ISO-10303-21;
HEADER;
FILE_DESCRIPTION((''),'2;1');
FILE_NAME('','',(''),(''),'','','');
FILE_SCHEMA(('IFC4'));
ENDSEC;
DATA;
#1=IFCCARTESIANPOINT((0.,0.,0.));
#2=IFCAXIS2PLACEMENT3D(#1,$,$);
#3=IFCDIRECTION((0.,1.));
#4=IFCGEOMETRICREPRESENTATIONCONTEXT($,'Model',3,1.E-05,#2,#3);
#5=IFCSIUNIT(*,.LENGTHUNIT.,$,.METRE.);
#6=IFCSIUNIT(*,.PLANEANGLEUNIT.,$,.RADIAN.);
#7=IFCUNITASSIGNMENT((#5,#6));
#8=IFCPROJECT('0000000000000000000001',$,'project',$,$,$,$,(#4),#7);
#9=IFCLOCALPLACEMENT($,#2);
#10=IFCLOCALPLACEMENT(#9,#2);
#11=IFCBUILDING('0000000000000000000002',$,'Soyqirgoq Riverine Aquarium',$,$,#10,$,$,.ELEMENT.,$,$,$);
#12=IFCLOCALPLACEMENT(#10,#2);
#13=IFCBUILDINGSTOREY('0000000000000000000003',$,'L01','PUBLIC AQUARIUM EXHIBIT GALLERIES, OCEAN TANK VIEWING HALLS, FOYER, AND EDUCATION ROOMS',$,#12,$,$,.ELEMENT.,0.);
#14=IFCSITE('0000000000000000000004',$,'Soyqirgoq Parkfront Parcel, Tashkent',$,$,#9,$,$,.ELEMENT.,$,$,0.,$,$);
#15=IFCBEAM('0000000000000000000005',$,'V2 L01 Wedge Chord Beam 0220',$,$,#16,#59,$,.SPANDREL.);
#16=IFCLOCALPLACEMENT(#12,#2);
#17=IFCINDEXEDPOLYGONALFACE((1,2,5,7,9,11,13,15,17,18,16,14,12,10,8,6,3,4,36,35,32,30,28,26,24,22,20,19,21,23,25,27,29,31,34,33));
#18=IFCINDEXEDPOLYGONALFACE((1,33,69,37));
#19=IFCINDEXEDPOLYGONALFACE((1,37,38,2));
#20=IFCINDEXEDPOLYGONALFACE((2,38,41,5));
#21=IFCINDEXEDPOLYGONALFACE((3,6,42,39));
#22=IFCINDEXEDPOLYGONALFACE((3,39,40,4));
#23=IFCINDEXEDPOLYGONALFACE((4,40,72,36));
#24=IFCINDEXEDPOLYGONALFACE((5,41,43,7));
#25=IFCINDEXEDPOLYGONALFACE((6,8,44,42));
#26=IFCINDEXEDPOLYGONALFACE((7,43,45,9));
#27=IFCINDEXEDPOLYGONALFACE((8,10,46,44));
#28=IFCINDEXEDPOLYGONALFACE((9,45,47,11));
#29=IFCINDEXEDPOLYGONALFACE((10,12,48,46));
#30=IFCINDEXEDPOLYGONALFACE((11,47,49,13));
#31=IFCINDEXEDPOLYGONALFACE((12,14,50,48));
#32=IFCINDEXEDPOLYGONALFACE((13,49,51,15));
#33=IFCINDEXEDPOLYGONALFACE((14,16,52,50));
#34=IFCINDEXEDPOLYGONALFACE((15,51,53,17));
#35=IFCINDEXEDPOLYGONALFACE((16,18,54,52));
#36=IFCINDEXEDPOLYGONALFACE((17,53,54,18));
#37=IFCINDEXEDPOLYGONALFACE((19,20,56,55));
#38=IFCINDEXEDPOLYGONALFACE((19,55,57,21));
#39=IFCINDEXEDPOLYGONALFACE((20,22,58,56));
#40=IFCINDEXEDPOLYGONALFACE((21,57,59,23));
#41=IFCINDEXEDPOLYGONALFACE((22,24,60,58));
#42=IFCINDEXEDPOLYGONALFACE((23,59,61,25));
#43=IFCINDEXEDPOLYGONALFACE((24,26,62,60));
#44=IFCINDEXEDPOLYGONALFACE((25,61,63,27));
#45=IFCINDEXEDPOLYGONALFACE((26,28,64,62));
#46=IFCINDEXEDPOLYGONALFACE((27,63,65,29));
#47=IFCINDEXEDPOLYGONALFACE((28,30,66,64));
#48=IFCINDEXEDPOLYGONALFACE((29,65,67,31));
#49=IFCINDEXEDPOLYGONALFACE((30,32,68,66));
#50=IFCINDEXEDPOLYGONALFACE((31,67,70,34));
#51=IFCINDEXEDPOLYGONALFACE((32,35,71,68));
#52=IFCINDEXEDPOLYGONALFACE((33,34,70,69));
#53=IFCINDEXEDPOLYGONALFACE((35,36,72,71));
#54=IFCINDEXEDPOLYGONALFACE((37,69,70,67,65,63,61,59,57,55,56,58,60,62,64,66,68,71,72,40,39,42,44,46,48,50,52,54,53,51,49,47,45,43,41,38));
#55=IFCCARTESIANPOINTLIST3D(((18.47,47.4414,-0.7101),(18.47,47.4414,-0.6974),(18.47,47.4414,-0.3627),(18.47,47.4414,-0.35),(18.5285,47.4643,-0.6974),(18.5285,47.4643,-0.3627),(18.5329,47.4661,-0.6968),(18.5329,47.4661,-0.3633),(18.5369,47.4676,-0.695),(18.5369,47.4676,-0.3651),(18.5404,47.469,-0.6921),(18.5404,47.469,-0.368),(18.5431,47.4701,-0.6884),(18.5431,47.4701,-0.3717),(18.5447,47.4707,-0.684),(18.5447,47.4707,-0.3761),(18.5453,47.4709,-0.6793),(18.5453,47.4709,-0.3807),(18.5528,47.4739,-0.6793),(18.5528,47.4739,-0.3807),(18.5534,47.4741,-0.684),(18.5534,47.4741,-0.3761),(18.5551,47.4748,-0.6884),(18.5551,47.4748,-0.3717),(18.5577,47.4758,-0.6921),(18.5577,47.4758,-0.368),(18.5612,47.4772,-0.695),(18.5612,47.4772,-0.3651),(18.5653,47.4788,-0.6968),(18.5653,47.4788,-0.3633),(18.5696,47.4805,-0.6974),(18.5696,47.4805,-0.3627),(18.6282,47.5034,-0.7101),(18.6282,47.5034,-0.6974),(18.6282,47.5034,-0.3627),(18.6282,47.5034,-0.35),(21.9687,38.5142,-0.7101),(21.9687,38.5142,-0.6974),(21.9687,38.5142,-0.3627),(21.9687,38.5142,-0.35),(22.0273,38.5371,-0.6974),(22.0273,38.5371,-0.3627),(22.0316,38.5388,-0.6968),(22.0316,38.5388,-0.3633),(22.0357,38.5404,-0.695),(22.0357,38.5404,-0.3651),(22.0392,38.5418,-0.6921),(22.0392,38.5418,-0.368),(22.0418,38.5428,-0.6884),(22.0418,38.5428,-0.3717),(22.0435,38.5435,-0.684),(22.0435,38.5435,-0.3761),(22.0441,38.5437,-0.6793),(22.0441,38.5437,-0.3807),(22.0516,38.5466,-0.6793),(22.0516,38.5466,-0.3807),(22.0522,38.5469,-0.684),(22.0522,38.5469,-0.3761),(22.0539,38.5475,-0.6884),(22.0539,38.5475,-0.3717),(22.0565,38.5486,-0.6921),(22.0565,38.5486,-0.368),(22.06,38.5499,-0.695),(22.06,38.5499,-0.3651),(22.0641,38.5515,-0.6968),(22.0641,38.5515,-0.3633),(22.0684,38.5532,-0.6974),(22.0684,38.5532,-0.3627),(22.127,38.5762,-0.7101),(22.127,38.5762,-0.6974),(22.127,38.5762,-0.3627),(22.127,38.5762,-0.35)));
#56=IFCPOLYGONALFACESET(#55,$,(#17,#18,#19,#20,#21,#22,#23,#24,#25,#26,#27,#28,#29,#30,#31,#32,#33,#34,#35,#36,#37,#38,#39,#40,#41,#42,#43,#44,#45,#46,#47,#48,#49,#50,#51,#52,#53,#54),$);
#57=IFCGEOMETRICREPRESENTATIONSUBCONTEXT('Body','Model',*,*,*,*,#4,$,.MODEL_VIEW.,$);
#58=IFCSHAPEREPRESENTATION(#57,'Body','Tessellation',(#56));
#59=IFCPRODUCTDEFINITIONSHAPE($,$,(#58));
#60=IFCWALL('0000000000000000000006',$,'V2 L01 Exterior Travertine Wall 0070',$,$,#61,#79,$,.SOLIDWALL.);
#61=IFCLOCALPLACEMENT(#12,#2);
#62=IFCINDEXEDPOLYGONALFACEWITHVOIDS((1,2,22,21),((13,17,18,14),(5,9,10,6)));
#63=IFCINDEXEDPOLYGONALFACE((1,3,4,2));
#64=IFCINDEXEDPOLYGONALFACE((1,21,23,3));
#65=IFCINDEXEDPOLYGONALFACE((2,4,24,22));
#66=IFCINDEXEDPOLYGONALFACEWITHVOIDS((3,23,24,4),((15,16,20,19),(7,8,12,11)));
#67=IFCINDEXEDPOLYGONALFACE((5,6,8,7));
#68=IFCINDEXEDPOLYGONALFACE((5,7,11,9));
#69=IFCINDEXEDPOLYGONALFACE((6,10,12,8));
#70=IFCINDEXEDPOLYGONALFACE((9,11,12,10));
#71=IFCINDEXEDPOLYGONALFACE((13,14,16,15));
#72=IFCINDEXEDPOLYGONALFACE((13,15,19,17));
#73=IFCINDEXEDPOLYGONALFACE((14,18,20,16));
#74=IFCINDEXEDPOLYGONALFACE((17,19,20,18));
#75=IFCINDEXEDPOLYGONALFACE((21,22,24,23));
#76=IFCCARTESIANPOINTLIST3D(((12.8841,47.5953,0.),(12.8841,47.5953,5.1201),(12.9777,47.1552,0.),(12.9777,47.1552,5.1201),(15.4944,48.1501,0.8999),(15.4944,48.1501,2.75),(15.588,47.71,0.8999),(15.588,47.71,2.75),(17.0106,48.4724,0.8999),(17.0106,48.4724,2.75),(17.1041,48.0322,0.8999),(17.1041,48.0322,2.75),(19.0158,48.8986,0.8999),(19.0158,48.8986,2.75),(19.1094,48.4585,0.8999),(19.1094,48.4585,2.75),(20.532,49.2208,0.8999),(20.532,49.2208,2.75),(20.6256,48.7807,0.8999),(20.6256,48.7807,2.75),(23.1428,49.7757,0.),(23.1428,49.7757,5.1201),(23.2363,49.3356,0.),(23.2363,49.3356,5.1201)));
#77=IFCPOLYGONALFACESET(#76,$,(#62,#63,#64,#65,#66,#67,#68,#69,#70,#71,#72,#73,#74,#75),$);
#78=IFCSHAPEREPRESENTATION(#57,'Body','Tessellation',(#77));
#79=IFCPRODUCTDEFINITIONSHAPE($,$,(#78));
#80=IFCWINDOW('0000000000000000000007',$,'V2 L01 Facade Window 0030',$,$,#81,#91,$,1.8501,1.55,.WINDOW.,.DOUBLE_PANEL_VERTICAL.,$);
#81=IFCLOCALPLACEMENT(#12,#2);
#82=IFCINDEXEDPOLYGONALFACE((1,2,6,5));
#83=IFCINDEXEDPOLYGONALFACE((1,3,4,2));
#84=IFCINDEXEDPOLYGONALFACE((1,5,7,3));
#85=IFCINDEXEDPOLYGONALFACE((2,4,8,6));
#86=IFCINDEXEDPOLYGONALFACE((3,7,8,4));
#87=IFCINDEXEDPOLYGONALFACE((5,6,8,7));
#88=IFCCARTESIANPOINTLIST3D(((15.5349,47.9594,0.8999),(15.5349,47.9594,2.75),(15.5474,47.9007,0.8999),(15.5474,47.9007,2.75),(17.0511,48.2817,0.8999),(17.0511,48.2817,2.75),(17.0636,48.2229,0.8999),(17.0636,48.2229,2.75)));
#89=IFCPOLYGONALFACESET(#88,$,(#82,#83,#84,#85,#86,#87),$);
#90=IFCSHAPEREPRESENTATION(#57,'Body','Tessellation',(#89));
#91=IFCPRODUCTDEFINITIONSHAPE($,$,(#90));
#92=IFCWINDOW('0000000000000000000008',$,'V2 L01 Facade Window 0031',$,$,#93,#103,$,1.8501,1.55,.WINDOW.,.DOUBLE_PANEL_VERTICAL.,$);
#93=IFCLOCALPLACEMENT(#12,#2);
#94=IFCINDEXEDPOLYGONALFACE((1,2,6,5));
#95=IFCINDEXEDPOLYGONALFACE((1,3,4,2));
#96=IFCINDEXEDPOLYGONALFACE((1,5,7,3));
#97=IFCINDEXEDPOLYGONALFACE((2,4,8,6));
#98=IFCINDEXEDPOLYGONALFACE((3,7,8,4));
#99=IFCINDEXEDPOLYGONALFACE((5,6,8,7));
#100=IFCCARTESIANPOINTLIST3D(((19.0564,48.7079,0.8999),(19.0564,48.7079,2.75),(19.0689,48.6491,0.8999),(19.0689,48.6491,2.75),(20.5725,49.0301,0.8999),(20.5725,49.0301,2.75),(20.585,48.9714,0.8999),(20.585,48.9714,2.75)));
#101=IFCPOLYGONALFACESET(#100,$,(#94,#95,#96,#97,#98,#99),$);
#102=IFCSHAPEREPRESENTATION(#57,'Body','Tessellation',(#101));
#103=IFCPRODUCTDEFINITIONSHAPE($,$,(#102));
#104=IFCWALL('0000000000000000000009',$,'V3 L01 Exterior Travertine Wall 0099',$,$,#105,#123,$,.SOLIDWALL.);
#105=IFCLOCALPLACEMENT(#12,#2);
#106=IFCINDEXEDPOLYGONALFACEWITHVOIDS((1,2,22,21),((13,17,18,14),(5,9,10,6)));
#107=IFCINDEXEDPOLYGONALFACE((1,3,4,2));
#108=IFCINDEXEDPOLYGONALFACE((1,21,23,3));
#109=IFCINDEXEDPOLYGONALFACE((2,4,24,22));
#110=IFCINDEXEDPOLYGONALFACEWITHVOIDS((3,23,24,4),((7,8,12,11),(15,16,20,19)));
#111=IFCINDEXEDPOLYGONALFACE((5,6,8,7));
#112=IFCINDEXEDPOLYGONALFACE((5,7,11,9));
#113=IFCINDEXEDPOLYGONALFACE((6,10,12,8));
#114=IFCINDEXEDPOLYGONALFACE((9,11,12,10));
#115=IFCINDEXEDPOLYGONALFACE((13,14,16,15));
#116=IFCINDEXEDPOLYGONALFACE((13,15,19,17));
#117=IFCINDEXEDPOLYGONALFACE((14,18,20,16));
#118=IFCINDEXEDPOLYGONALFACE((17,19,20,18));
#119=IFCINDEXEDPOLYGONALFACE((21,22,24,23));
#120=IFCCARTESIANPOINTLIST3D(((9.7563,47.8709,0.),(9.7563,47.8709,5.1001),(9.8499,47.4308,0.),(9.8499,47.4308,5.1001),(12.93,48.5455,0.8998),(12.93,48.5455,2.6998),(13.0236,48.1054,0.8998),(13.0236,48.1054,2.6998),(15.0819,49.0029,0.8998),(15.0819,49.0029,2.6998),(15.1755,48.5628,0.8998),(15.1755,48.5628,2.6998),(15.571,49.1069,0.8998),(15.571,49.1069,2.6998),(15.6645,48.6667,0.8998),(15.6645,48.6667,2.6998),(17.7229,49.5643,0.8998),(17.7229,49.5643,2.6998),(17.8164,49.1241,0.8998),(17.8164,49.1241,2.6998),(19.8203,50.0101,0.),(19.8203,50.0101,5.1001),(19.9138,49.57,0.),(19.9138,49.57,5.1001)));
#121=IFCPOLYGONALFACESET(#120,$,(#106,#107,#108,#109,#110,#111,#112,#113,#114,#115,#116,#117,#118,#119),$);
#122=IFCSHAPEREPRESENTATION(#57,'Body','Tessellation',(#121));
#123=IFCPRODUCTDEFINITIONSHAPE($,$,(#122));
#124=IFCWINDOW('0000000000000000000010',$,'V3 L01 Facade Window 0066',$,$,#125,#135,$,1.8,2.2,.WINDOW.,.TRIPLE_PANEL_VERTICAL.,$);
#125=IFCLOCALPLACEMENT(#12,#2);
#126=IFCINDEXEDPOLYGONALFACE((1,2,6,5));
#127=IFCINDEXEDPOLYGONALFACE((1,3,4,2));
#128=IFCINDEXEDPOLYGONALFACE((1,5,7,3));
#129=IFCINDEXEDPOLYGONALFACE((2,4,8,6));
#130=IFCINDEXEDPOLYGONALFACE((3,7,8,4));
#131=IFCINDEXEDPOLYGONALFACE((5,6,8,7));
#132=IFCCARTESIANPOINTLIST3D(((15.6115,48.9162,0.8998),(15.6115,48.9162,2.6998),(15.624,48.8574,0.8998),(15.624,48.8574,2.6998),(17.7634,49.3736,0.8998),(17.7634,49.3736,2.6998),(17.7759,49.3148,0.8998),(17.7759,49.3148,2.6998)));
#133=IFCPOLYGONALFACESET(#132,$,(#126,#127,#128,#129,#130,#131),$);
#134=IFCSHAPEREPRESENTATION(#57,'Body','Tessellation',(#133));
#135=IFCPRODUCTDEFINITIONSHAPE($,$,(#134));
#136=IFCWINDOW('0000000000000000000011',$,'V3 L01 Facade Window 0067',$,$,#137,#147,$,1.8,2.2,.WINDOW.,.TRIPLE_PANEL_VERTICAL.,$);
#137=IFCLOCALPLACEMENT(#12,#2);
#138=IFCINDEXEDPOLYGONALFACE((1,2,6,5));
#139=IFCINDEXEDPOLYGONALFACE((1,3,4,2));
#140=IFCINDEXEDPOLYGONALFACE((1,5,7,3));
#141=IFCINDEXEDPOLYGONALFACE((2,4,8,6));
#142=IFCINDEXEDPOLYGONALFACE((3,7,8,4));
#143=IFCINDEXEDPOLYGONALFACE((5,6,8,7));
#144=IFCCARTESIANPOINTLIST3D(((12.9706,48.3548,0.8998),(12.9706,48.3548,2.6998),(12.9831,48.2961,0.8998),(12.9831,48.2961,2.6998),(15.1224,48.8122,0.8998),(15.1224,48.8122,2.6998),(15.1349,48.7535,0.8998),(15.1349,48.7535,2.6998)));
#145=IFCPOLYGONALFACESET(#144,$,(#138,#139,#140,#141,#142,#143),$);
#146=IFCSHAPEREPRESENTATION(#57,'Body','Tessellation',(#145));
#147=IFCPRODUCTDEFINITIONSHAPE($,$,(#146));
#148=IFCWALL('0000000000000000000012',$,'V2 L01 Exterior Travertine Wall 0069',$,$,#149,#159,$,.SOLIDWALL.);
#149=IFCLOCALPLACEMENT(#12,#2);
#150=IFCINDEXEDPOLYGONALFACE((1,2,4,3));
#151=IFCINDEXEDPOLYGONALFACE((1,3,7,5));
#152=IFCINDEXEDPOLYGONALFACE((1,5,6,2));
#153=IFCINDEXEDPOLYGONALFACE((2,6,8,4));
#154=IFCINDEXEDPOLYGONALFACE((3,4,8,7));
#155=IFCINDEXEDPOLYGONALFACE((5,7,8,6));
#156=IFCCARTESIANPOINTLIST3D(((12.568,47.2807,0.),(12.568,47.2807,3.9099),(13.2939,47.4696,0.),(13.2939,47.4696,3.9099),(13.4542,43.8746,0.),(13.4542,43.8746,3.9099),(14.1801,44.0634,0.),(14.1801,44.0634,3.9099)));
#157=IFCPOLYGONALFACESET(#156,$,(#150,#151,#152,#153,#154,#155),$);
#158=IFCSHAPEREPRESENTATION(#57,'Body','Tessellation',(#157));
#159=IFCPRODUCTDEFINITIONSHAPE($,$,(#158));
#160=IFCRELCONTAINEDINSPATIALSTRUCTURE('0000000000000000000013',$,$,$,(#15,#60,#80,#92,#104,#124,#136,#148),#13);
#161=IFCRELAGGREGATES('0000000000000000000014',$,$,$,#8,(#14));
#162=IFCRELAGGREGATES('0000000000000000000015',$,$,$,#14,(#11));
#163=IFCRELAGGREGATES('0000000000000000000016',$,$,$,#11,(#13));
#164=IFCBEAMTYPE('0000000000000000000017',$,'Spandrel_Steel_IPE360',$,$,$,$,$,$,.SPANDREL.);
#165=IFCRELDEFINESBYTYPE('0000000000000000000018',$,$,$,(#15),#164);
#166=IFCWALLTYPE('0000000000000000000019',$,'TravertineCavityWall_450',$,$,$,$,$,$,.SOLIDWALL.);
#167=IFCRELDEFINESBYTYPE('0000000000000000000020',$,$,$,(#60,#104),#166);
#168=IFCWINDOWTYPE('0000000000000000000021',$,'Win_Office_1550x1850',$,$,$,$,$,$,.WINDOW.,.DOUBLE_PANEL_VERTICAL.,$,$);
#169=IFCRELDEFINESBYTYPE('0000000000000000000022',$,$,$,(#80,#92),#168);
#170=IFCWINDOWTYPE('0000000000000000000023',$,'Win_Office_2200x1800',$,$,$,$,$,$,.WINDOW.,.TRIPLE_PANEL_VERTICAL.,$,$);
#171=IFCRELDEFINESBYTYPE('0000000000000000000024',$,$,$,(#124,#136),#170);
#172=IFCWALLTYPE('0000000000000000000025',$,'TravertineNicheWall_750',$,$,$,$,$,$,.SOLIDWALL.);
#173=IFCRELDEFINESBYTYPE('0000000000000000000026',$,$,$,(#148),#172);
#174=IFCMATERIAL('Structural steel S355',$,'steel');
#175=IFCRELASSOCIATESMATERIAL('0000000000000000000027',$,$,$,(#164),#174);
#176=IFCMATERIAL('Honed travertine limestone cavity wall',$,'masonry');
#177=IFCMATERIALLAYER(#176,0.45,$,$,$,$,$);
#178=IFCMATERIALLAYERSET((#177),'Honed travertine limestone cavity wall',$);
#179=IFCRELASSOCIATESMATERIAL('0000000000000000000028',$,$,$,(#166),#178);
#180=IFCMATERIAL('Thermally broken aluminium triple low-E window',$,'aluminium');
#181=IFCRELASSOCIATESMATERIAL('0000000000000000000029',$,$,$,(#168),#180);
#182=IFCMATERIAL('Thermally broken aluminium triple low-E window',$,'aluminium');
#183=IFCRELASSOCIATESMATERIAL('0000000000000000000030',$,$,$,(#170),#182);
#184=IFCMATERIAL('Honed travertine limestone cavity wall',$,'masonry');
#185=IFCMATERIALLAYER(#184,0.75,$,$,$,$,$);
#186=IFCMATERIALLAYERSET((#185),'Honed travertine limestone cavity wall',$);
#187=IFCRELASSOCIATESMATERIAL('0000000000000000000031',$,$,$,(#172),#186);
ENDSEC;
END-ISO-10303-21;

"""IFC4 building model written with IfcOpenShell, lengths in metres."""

from ifc_helpers import new_model, si_unit, direction, frame, frame_2d, origin, origin_2d, place, context, subcontext, project, spatial, rectangle, i_section, extrude, material, layer, layer_set, material_profile, profile_set, type_object, element, fill, save


model = new_model("IFC4")

# Units and contexts
model_context = context("Model", 3, precision=1e-05, world=origin(), true_north=direction((0.0, 1.0)))
body_context = subcontext(model_context, "Body", "Model", "MODEL_VIEW")
ifc_project = project(units=[si_unit("LENGTHUNIT", "METRE"), si_unit("PLANEANGLEUNIT", "RADIAN")], contexts=[model_context])

# Site, building, storey
site_placement = place(None, origin())
site = spatial("IfcSite", under=ifc_project, at=site_placement, Name="Soyqirgoq Parkfront Parcel, Tashkent", CompositionType="ELEMENT", RefElevation=0.0)
building_placement = place(site_placement, origin())
building = spatial("IfcBuilding", under=site, at=building_placement, Name="Soyqirgoq Riverine Aquarium", CompositionType="ELEMENT")
storey_placement = place(building_placement, origin())
storey = spatial("IfcBuildingStorey", under=building, at=storey_placement, Name="L01", Description="PUBLIC AQUARIUM EXHIBIT GALLERIES, OCEAN TANK VIEWING HALLS, FOYER, AND EDUCATION ROOMS", CompositionType="ELEMENT", Elevation=0.0)

# Beam
ifc_material_1 = material(Name="Structural steel S355", Category="steel")
ifc_material_profile_1 = material_profile(ifc_material_1, i_section(OverallWidth=0.1699, OverallDepth=0.3601, WebThickness=0.0081, FlangeThickness=0.0127, FilletRadius=0.0181, at=origin_2d()), Name="IPE 360")
ifc_profile_set_1 = profile_set([ifc_material_profile_1], Name="Structural steel S355")
beam_type_1 = type_object("IfcBeamType", Name="Spandrel_Steel_IPE360", PredefinedType="SPANDREL", material=ifc_profile_set_1)
beam_1_placement = place(storey_placement, frame((18.5491, 47.4724, -0.53), z_axis=(0.364898, -0.931048, 0.0), x_axis=(0.931048, 0.364898, 0.0)))
element("IfcBeam", 1, at=beam_1_placement, inside=storey, type_object=beam_type_1, Name="V2 L01 Wedge Chord Beam 0220", PredefinedType="SPANDREL", context=body_context, shape_type="SweptSolid", body=[
    extrude(i_section(OverallWidth=0.1699, OverallDepth=0.3601, WebThickness=0.0081, FlangeThickness=0.0127, FilletRadius=0.0181, at=origin_2d()), origin(), (0.0, 0.0, 1.0), 9.5884),
])

# Walls, openings, windows
ifc_material_2 = material(Name="Honed travertine limestone cavity wall", Category="masonry")
ifc_layer_1 = layer(ifc_material_2, 0.45)
ifc_layer_set_1 = layer_set([ifc_layer_1], Name="Honed travertine limestone cavity wall")
wall_type_1 = type_object("IfcWallType", Name="TravertineCavityWall_450", PredefinedType="SOLIDWALL", material=ifc_layer_set_1)
wall_1_placement = place(storey_placement, frame((12.9309, 47.3752, 0.0), z_axis=(0.0, 0.0, 1.0), x_axis=(0.97815, 0.207902, 0.0)))
wall_1 = element("IfcWall", 2, at=wall_1_placement, inside=storey, type_object=wall_type_1, Name="V2 L01 Exterior Travertine Wall 0070", PredefinedType="SOLIDWALL", context=body_context, shape_type="SweptSolid", body=[
    extrude(rectangle(XDim=10.4878, YDim=0.45, at=frame_2d((5.2439, 0.0))), origin(), (0.0, 0.0, 1.0), 5.1201),
])
opening_1_placement = place(wall_1_placement, frame((2.6687, 0.0, 0.8999)))
opening_1 = element("IfcOpeningElement", 3, at=opening_1_placement, cuts=wall_1, PredefinedType="OPENING", context=body_context, shape_type="SweptSolid", body=[
    extrude(rectangle(XDim=1.55, YDim=1.8501, at=frame_2d((0.7749, 0.925))), frame((0.0, 0.2349, 0.0), z_axis=(0.0, -1.0, 0.0), x_axis=(1.0, 0.0, 0.0)), (0.0, 0.0, 1.0), 0.47),
])
opening_2_placement = place(wall_1_placement, frame((6.2688, 0.0, 0.8999)))
opening_2 = element("IfcOpeningElement", 4, at=opening_2_placement, cuts=wall_1, PredefinedType="OPENING", context=body_context, shape_type="SweptSolid", body=[
    extrude(rectangle(XDim=1.55, YDim=1.8501, at=frame_2d((0.7749, 0.925))), frame((0.0, 0.2349, 0.0), z_axis=(0.0, -1.0, 0.0), x_axis=(1.0, 0.0, 0.0)), (0.0, 0.0, 1.0), 0.47),
])
ifc_material_3 = material(Name="Thermally broken aluminium triple low-E window", Category="aluminium")
window_type_1 = type_object("IfcWindowType", Name="Win_Office_1550x1850", PartitioningType="DOUBLE_PANEL_VERTICAL", PredefinedType="WINDOW", material=ifc_material_3)
window_1_placement = place(opening_1_placement, origin())
window_1 = element("IfcWindow", 5, at=window_1_placement, inside=storey, type_object=window_type_1, Name="V2 L01 Facade Window 0030", OverallHeight=1.8501, OverallWidth=1.55, PartitioningType="DOUBLE_PANEL_VERTICAL", PredefinedType="WINDOW", context=body_context, shape_type="SweptSolid", body=[
    extrude(rectangle(XDim=1.55, YDim=1.8501, at=frame_2d((0.7749, 0.925))), frame((0.0, 0.03, 0.0), z_axis=(0.0, -1.0, 0.0), x_axis=(1.0, 0.0, 0.0)), (0.0, 0.0, 1.0), 0.0601),
])
fill(opening_1, window_1)
window_2_placement = place(opening_2_placement, origin())
window_2 = element("IfcWindow", 6, at=window_2_placement, inside=storey, type_object=window_type_1, Name="V2 L01 Facade Window 0031", OverallHeight=1.8501, OverallWidth=1.55, PartitioningType="DOUBLE_PANEL_VERTICAL", PredefinedType="WINDOW", context=body_context, shape_type="SweptSolid", body=[
    extrude(rectangle(XDim=1.55, YDim=1.8501, at=frame_2d((0.7749, 0.925))), frame((0.0, 0.03, 0.0), z_axis=(0.0, -1.0, 0.0), x_axis=(1.0, 0.0, 0.0)), (0.0, 0.0, 1.0), 0.0601),
])
fill(opening_2, window_2)
wall_2_placement = place(storey_placement, frame((19.8672, 49.79, 0.0), z_axis=(0.0, 0.0, 1.0), x_axis=(-0.978148, -0.207912, 0.0)))
wall_2 = element("IfcWall", 7, at=wall_2_placement, inside=storey, type_object=wall_type_1, Name="V3 L01 Exterior Travertine Wall 0099", PredefinedType="SOLIDWALL", context=body_context, shape_type="SweptSolid", body=[
    extrude(rectangle(XDim=10.2888, YDim=0.45, at=frame_2d((5.1445, 0.0))), origin(), (0.0, 0.0, 1.0), 5.1001),
])
opening_3_placement = place(wall_2_placement, frame((2.1443, 0.0, 0.8999)))
opening_3 = element("IfcOpeningElement", 8, at=opening_3_placement, cuts=wall_2, PredefinedType="OPENING", context=body_context, shape_type="SweptSolid", body=[
    extrude(rectangle(XDim=2.2, YDim=1.8, at=frame_2d((1.1001, 0.8999))), frame((0.0, 0.2349, 0.0), z_axis=(0.0, -1.0, 0.0), x_axis=(1.0, 0.0, 0.0)), (0.0, 0.0, 1.0), 0.47),
])
opening_4_placement = place(wall_2_placement, frame((4.8442, 0.0, 0.8999)))
opening_4 = element("IfcOpeningElement", 9, at=opening_4_placement, cuts=wall_2, PredefinedType="OPENING", context=body_context, shape_type="SweptSolid", body=[
    extrude(rectangle(XDim=2.2, YDim=1.8, at=frame_2d((1.1001, 0.8999))), frame((0.0, 0.2349, 0.0), z_axis=(0.0, -1.0, 0.0), x_axis=(1.0, 0.0, 0.0)), (0.0, 0.0, 1.0), 0.47),
])
ifc_material_4 = material(Name="Thermally broken aluminium triple low-E window", Category="aluminium")
window_type_2 = type_object("IfcWindowType", Name="Win_Office_2200x1800", PartitioningType="TRIPLE_PANEL_VERTICAL", PredefinedType="WINDOW", material=ifc_material_4)
window_3_placement = place(opening_3_placement, origin())
window_3 = element("IfcWindow", 10, at=window_3_placement, inside=storey, type_object=window_type_2, Name="V3 L01 Facade Window 0066", OverallHeight=1.8, OverallWidth=2.2, PartitioningType="TRIPLE_PANEL_VERTICAL", PredefinedType="WINDOW", context=body_context, shape_type="SweptSolid", body=[
    extrude(rectangle(XDim=2.2, YDim=1.8, at=frame_2d((1.1001, 0.8999))), frame((0.0, 0.03, 0.0), z_axis=(0.0, -1.0, 0.0), x_axis=(1.0, 0.0, 0.0)), (0.0, 0.0, 1.0), 0.0601),
])
fill(opening_3, window_3)
window_4_placement = place(opening_4_placement, origin())
window_4 = element("IfcWindow", 11, at=window_4_placement, inside=storey, type_object=window_type_2, Name="V3 L01 Facade Window 0067", OverallHeight=1.8, OverallWidth=2.2, PartitioningType="TRIPLE_PANEL_VERTICAL", PredefinedType="WINDOW", context=body_context, shape_type="SweptSolid", body=[
    extrude(rectangle(XDim=2.2, YDim=1.8, at=frame_2d((1.1001, 0.8999))), frame((0.0, 0.03, 0.0), z_axis=(0.0, -1.0, 0.0), x_axis=(1.0, 0.0, 0.0)), (0.0, 0.0, 1.0), 0.0601),
])
fill(opening_4, window_4)

# Wall
ifc_material_5 = material(Name="Honed travertine limestone cavity wall", Category="masonry")
ifc_layer_2 = layer(ifc_material_5, 0.75)
ifc_layer_set_2 = layer_set([ifc_layer_2], Name="Honed travertine limestone cavity wall")
wall_type_2 = type_object("IfcWallType", Name="TravertineNicheWall_750", PredefinedType="SOLIDWALL", material=ifc_layer_set_2)
wall_3_placement = place(storey_placement, frame((13.8171, 43.969, 0.0), z_axis=(0.0, 0.0, 1.0), x_axis=(-0.251795, 0.967781, 0.0)))
element("IfcWall", 12, at=wall_3_placement, inside=storey, type_object=wall_type_2, Name="V2 L01 Exterior Travertine Wall 0069", PredefinedType="SOLIDWALL", context=body_context, shape_type="SweptSolid", body=[
    extrude(rectangle(XDim=3.5195, YDim=0.75, at=frame_2d((1.7598, 0.0))), origin(), (0.0, 0.0, 1.0), 3.9099),
])

save(model, "model.ifc")
